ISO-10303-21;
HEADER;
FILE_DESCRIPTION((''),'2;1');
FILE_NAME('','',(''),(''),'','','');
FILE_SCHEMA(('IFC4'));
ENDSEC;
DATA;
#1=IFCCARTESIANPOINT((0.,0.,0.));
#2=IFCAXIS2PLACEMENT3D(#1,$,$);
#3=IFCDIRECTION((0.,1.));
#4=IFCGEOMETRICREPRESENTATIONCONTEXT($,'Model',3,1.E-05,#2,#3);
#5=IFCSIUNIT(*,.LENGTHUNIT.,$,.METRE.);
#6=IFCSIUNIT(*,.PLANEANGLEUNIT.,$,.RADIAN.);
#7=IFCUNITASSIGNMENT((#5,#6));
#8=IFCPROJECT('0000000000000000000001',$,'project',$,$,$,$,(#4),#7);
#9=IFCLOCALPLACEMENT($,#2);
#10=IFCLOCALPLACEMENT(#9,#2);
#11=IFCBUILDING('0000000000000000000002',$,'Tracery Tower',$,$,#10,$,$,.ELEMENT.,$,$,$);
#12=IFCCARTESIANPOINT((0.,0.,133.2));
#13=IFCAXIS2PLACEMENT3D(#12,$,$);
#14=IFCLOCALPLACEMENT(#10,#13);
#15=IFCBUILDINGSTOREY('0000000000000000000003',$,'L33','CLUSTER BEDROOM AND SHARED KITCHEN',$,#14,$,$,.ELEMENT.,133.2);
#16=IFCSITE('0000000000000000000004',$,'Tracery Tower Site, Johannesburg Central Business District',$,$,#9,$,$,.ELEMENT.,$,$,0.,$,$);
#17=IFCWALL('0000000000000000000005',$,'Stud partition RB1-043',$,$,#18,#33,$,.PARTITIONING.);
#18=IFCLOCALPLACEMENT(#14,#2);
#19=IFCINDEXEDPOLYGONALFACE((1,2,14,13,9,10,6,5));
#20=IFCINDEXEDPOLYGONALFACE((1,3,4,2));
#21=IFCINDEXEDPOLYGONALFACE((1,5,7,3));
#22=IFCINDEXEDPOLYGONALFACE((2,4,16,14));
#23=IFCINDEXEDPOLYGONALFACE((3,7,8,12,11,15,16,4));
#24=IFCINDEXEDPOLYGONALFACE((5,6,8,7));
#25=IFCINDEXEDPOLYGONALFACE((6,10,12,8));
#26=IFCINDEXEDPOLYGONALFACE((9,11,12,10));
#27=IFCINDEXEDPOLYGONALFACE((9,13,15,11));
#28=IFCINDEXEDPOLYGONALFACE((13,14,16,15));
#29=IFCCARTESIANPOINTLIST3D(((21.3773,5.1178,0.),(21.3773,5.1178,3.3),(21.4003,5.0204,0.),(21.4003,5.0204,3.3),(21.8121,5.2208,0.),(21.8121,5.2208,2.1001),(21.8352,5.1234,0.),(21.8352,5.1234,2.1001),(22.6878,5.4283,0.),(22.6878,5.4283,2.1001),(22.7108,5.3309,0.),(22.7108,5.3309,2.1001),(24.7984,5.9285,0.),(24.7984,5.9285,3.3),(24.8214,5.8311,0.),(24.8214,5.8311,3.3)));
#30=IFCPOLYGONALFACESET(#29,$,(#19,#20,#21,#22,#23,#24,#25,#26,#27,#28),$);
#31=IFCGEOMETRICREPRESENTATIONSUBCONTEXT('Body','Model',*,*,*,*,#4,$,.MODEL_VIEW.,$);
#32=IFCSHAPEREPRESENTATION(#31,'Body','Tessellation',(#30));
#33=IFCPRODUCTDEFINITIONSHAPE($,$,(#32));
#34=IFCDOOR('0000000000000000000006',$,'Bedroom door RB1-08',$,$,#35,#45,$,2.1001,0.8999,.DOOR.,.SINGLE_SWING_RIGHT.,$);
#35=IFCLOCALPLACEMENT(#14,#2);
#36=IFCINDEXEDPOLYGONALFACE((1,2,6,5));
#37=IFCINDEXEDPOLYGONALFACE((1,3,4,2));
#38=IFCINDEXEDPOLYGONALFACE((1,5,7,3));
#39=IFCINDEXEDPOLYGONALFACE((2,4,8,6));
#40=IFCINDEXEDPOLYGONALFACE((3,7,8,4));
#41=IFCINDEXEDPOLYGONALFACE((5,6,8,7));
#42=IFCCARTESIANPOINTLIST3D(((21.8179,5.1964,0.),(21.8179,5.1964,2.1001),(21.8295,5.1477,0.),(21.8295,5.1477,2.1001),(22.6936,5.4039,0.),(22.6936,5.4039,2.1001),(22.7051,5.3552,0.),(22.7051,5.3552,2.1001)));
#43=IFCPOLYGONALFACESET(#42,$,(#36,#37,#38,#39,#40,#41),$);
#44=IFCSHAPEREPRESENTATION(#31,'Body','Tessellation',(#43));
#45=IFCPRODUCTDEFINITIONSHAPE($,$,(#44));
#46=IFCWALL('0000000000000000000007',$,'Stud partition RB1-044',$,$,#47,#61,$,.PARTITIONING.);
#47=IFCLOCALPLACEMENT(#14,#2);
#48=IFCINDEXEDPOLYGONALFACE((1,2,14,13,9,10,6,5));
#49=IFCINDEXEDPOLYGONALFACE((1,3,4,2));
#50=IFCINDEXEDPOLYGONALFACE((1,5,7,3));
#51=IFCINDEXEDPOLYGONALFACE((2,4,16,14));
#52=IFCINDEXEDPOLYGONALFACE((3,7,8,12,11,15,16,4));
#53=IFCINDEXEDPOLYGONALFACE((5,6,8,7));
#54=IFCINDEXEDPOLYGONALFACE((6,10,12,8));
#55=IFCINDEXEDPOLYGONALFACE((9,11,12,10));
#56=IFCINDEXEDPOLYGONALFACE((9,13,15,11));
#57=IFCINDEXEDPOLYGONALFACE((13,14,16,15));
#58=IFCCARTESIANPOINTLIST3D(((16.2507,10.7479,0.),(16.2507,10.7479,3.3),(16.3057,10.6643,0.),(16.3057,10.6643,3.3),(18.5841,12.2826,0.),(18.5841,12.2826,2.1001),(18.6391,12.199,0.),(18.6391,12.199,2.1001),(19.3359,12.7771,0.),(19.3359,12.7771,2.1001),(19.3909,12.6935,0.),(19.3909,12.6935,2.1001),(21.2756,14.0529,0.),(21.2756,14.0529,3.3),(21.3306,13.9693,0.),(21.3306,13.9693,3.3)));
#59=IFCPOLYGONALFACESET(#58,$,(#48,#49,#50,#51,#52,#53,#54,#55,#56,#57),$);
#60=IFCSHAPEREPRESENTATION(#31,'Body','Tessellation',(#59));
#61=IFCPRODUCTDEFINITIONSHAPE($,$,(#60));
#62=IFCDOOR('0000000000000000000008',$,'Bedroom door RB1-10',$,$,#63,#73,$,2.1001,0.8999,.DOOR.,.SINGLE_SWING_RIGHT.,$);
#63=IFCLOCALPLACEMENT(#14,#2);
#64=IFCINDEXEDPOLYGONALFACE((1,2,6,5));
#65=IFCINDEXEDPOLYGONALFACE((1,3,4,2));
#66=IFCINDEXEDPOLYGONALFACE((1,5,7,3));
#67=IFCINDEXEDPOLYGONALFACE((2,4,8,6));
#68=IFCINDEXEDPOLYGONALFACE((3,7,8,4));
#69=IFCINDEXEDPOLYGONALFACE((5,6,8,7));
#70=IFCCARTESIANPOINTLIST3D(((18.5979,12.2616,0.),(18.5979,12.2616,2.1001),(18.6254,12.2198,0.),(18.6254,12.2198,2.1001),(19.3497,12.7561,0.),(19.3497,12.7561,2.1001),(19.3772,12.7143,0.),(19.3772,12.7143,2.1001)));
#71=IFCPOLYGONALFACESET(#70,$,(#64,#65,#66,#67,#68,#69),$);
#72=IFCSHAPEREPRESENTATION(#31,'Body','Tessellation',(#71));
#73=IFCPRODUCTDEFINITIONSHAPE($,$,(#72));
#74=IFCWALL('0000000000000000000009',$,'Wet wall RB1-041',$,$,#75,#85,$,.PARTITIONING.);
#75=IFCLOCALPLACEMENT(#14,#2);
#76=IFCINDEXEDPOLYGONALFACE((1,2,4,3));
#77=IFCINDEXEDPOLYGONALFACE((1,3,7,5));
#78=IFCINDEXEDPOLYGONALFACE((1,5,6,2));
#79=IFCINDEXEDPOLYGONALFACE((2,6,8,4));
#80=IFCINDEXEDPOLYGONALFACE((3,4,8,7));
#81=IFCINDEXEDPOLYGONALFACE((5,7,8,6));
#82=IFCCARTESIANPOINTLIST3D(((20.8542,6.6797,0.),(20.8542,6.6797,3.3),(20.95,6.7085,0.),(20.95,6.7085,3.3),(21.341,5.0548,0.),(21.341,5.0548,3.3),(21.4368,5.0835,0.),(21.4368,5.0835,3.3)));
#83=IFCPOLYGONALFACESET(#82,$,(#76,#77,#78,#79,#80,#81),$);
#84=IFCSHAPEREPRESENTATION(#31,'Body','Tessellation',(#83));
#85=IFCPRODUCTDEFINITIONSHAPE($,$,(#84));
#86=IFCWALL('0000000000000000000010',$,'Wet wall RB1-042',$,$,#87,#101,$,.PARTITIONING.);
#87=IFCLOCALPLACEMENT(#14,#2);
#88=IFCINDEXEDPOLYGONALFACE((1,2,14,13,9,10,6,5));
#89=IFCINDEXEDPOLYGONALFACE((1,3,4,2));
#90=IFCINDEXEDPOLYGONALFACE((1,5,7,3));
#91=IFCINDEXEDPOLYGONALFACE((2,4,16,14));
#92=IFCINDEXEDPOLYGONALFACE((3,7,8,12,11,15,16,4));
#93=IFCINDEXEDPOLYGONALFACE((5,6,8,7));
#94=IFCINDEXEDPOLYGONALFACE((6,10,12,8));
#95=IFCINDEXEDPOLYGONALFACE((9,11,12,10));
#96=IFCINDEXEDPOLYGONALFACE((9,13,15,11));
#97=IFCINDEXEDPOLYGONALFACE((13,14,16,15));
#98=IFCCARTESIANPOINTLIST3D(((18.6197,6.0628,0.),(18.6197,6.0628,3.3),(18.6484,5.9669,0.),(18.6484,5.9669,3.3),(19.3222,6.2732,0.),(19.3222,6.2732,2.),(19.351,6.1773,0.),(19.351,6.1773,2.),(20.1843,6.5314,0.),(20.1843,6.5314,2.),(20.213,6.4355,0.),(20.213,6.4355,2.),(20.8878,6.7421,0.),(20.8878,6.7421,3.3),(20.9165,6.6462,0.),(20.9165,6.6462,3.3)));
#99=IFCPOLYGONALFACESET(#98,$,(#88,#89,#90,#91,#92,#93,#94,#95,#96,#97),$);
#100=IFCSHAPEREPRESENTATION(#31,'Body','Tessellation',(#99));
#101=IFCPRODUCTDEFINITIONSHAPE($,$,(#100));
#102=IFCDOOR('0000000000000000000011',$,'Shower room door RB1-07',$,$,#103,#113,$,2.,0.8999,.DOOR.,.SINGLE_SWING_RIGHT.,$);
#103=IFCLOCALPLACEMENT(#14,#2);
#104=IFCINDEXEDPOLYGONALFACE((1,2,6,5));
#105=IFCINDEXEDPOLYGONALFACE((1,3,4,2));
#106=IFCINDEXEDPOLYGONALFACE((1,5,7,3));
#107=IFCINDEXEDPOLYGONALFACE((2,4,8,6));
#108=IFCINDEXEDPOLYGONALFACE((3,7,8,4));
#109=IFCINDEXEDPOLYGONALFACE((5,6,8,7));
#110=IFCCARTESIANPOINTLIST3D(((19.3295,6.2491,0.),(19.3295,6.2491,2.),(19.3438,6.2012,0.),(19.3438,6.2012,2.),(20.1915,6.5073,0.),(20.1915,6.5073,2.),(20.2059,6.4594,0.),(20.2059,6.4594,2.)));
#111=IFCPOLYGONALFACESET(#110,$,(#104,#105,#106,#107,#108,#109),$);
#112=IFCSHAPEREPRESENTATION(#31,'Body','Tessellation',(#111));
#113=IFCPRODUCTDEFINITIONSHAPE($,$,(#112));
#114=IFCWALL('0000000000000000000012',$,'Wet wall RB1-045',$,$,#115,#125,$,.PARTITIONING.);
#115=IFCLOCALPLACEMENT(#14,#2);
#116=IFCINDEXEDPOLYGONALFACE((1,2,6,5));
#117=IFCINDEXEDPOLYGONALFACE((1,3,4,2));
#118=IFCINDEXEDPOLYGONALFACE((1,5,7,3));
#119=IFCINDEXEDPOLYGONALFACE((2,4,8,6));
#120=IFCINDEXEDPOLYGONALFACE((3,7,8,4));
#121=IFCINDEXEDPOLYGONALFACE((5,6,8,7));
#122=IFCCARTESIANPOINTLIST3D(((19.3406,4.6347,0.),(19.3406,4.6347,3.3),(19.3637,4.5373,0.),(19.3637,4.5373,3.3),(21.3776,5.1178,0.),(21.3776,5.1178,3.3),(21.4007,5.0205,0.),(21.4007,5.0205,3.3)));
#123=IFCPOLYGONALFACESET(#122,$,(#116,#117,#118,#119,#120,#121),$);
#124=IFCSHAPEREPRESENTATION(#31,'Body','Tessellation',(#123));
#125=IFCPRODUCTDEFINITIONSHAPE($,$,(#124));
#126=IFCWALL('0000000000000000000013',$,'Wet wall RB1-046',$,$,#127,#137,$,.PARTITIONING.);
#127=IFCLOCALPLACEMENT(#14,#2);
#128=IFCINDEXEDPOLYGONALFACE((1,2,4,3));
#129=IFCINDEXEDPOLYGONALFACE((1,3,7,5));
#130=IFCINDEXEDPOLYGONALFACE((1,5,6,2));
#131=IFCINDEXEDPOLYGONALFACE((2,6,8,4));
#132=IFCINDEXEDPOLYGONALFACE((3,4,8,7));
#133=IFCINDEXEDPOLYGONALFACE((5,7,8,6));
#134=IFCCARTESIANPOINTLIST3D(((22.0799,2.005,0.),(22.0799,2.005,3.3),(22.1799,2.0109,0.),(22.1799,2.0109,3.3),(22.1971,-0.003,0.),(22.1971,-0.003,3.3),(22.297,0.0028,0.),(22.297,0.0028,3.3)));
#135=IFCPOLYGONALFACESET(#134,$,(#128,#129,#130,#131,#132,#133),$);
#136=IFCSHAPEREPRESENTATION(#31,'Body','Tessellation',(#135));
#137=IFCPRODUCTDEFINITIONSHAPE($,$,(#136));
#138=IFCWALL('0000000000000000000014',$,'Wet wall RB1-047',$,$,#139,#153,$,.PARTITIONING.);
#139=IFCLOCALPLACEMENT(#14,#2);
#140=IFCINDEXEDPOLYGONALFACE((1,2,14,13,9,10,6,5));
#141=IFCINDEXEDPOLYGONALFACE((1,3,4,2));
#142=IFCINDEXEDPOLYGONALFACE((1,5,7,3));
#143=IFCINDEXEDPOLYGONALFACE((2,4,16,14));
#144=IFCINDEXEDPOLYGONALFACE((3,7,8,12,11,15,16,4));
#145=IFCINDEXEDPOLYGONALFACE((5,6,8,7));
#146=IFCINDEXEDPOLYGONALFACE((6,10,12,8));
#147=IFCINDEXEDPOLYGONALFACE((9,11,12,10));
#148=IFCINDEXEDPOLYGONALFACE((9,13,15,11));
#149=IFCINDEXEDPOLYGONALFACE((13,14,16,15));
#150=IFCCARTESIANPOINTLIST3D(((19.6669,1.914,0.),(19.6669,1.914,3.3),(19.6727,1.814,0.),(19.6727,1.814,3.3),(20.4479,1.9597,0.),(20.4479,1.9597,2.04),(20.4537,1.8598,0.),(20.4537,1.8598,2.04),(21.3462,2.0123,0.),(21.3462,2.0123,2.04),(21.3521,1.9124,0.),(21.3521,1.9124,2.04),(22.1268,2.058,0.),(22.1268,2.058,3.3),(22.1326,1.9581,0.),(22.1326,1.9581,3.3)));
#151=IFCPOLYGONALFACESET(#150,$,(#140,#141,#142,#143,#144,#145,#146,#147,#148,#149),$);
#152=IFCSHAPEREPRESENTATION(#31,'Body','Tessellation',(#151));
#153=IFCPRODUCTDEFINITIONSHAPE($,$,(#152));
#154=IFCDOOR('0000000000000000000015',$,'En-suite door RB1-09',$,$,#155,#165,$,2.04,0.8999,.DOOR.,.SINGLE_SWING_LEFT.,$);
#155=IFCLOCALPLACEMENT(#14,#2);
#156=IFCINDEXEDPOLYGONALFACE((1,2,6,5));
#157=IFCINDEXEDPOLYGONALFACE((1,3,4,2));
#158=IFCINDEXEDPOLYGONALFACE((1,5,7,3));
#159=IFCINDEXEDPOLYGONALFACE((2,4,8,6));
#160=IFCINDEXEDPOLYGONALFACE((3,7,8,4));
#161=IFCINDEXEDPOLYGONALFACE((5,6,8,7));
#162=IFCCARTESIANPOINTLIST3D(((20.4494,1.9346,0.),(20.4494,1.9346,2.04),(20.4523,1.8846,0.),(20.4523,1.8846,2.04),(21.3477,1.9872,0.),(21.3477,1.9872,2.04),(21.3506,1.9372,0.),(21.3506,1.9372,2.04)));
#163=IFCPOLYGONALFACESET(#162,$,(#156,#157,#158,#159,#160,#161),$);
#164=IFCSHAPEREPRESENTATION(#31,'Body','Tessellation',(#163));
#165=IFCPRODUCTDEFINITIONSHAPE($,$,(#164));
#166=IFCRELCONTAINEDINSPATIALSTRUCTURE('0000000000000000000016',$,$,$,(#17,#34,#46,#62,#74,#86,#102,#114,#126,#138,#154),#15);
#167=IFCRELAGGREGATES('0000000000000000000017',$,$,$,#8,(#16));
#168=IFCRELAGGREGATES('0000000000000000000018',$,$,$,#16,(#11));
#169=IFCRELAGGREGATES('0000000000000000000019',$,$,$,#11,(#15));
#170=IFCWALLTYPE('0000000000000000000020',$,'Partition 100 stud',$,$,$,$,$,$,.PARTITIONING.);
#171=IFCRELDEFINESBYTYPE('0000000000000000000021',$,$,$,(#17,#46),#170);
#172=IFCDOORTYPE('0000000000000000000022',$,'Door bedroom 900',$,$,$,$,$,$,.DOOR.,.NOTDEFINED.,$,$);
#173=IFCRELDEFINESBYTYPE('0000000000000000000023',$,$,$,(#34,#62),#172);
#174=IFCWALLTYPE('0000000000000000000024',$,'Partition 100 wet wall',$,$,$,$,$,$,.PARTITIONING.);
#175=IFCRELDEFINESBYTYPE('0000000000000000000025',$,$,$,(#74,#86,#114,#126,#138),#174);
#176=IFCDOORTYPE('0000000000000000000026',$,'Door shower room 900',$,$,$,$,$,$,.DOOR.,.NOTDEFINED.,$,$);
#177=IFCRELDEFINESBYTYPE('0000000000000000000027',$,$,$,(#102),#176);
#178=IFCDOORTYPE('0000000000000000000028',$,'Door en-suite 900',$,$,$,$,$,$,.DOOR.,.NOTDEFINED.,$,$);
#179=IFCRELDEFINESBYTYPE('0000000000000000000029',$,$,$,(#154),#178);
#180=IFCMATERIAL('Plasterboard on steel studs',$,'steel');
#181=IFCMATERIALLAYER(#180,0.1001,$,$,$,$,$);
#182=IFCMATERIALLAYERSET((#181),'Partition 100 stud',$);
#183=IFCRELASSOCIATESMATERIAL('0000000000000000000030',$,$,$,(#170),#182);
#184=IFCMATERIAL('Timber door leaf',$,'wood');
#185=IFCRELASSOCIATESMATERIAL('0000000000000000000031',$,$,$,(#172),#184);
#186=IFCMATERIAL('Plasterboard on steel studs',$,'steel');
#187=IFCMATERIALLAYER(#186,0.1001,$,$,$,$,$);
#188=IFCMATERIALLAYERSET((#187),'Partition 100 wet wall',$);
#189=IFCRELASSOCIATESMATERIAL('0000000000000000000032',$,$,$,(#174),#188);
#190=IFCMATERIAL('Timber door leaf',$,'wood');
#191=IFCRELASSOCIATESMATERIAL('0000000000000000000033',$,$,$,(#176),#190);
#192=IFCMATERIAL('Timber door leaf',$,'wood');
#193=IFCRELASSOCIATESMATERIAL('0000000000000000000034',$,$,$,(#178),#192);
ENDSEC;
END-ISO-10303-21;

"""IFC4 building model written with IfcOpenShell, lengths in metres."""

from ifc_helpers import new_model, si_unit, direction, frame, frame_2d, origin, place, context, subcontext, project, spatial, rectangle, extrude, material, layer, layer_set, type_object, element, fill, save


model = new_model("IFC4")

# Units and contexts
model_context = context("Model", 3, precision=1e-05, world=origin(), true_north=direction((0.0, 1.0)))
body_context = subcontext(model_context, "Body", "Model", "MODEL_VIEW")
ifc_project = project(units=[si_unit("LENGTHUNIT", "METRE"), si_unit("PLANEANGLEUNIT", "RADIAN")], contexts=[model_context])

# Site, building, storey
site_placement = place(None, origin())
site = spatial("IfcSite", under=ifc_project, at=site_placement, Name="Tracery Tower Site, Johannesburg Central Business District", CompositionType="ELEMENT", RefElevation=0.0)
building_placement = place(site_placement, origin())
building = spatial("IfcBuilding", under=site, at=building_placement, Name="Tracery Tower", CompositionType="ELEMENT")
storey_placement = place(building_placement, frame((0.0, 0.0, 133.2)))
storey = spatial("IfcBuildingStorey", under=building, at=storey_placement, Name="L33", Description="CLUSTER BEDROOM AND SHARED KITCHEN", CompositionType="ELEMENT", Elevation=133.2)

# Walls, openings, doors
ifc_material_1 = material(Name="Plasterboard on steel studs", Category="steel")
ifc_layer_1 = layer(ifc_material_1, 0.1001)
ifc_layer_set_1 = layer_set([ifc_layer_1], Name="Partition 100 stud")
wall_type_1 = type_object("IfcWallType", Name="Partition 100 stud", PredefinedType="PARTITIONING", material=ifc_layer_set_1)
wall_1_placement = place(storey_placement, frame((21.3889, 5.0691, 0.0), z_axis=(0.0, 0.0, 1.0), x_axis=(0.973047, 0.230607, 0.0)))
wall_1 = element("IfcWall", 1, at=wall_1_placement, inside=storey, type_object=wall_type_1, Name="Stud partition RB1-043", PredefinedType="PARTITIONING", context=body_context, shape_type="SweptSolid", body=[
    extrude(rectangle(XDim=3.5159, YDim=0.1001, at=frame_2d((1.7578, 0.0))), origin(), (0.0, 0.0, 1.0), 3.3),
])
opening_1_placement = place(wall_1_placement, frame((0.4468, 0.0, 0.0)))
opening_1 = element("IfcOpeningElement", 2, at=opening_1_placement, cuts=wall_1, PredefinedType="OPENING", context=body_context, shape_type="SweptSolid", body=[
    extrude(rectangle(XDim=0.8999, YDim=2.1001, at=frame_2d((0.45, 1.05))), frame((0.0, 0.05, 0.0), z_axis=(0.0, -1.0, 0.0), x_axis=(1.0, 0.0, 0.0)), (0.0, 0.0, 1.0), 0.1001),
])
ifc_material_2 = material(Name="Timber door leaf", Category="wood")
door_type_1 = type_object("IfcDoorType", Name="Door bedroom 900", OperationType="NOTDEFINED", PredefinedType="DOOR", material=ifc_material_2)
door_1_placement = place(opening_1_placement, origin())
door_1 = element("IfcDoor", 3, at=door_1_placement, inside=storey, type_object=door_type_1, Name="Bedroom door RB1-08", OperationType="SINGLE_SWING_RIGHT", OverallHeight=2.1001, OverallWidth=0.8999, PredefinedType="DOOR", context=body_context, shape_type="SweptSolid", body=[
    extrude(rectangle(XDim=0.8999, YDim=2.1001, at=frame_2d((0.45, 1.05))), frame((0.0, 0.0249, 0.0), z_axis=(0.0, -1.0, 0.0), x_axis=(1.0, 0.0, 0.0)), (0.0, 0.0, 1.0), 0.05),
])
fill(opening_1, door_1)
wall_2_placement = place(storey_placement, frame((16.2781, 10.7061, 0.0), z_axis=(0.0, 0.0, 1.0), x_axis=(0.835488, 0.549509, 0.0)))
wall_2 = element("IfcWall", 4, at=wall_2_placement, inside=storey, type_object=wall_type_1, Name="Stud partition RB1-044", PredefinedType="PARTITIONING", context=body_context, shape_type="SweptSolid", body=[
    extrude(rectangle(XDim=6.0144, YDim=0.1001, at=frame_2d((3.0073, 0.0))), origin(), (0.0, 0.0, 1.0), 3.3),
])
opening_2_placement = place(wall_2_placement, frame((2.793, 0.0, 0.0)))
opening_2 = element("IfcOpeningElement", 5, at=opening_2_placement, cuts=wall_2, PredefinedType="OPENING", context=body_context, shape_type="SweptSolid", body=[
    extrude(rectangle(XDim=0.8999, YDim=2.1001, at=frame_2d((0.45, 1.05))), frame((0.0, 0.05, 0.0), z_axis=(0.0, -1.0, 0.0), x_axis=(1.0, 0.0, 0.0)), (0.0, 0.0, 1.0), 0.1001),
])
door_2_placement = place(opening_2_placement, origin())
door_2 = element("IfcDoor", 6, at=door_2_placement, inside=storey, type_object=door_type_1, Name="Bedroom door RB1-10", OperationType="SINGLE_SWING_RIGHT", OverallHeight=2.1001, OverallWidth=0.8999, PredefinedType="DOOR", context=body_context, shape_type="SweptSolid", body=[
    extrude(rectangle(XDim=0.8999, YDim=2.1001, at=frame_2d((0.45, 1.05))), frame((0.0, 0.0249, 0.0), z_axis=(0.0, -1.0, 0.0), x_axis=(1.0, 0.0, 0.0)), (0.0, 0.0, 1.0), 0.05),
])
fill(opening_2, door_2)

# Wall
ifc_material_3 = material(Name="Plasterboard on steel studs", Category="steel")
ifc_layer_2 = layer(ifc_material_3, 0.1001)
ifc_layer_set_2 = layer_set([ifc_layer_2], Name="Partition 100 wet wall")
wall_type_2 = type_object("IfcWallType", Name="Partition 100 wet wall", PredefinedType="PARTITIONING", material=ifc_layer_set_2)
wall_3_placement = place(storey_placement, frame((20.9021, 6.6941, 0.0), z_axis=(0.0, 0.0, 1.0), x_axis=(0.286978, -0.957937, 0.0)))
element("IfcWall", 7, at=wall_3_placement, inside=storey, type_object=wall_type_2, Name="Wet wall RB1-041", PredefinedType="PARTITIONING", context=body_context, shape_type="SweptSolid", body=[
    extrude(rectangle(XDim=1.6963, YDim=0.1001, at=frame_2d((0.8481, 0.0))), origin(), (0.0, 0.0, 1.0), 3.3),
])

# Wall, opening, door
wall_4_placement = place(storey_placement, frame((18.634, 6.0149, 0.0), z_axis=(0.0, 0.0, 1.0), x_axis=(0.957968, 0.286875, 0.0)))
wall_4 = element("IfcWall", 8, at=wall_4_placement, inside=storey, type_object=wall_type_2, Name="Wet wall RB1-042", PredefinedType="PARTITIONING", context=body_context, shape_type="SweptSolid", body=[
    extrude(rectangle(XDim=2.3677, YDim=0.1001, at=frame_2d((1.1838, 0.0))), origin(), (0.0, 0.0, 1.0), 3.3),
])
opening_3_placement = place(wall_4_placement, frame((0.7334, 0.0, 0.0)))
opening_3 = element("IfcOpeningElement", 9, at=opening_3_placement, cuts=wall_4, PredefinedType="OPENING", context=body_context, shape_type="SweptSolid", body=[
    extrude(rectangle(XDim=0.8999, YDim=2.0, at=frame_2d((0.45, 1.0))), frame((0.0, 0.05, 0.0), z_axis=(0.0, -1.0, 0.0), x_axis=(1.0, 0.0, 0.0)), (0.0, 0.0, 1.0), 0.1001),
])
ifc_material_4 = material(Name="Timber door leaf", Category="wood")
door_type_2 = type_object("IfcDoorType", Name="Door shower room 900", OperationType="NOTDEFINED", PredefinedType="DOOR", material=ifc_material_4)
door_3_placement = place(opening_3_placement, origin())
door_3 = element("IfcDoor", 10, at=door_3_placement, inside=storey, type_object=door_type_2, Name="Shower room door RB1-07", OperationType="SINGLE_SWING_RIGHT", OverallHeight=2.0, OverallWidth=0.8999, PredefinedType="DOOR", context=body_context, shape_type="SweptSolid", body=[
    extrude(rectangle(XDim=0.8999, YDim=2.0, at=frame_2d((0.45, 1.0))), frame((0.0, 0.0249, 0.0), z_axis=(0.0, -1.0, 0.0), x_axis=(1.0, 0.0, 0.0)), (0.0, 0.0, 1.0), 0.05),
])
fill(opening_3, door_3)

# Walls
wall_5_placement = place(storey_placement, frame((19.3521, 4.5859, 0.0), z_axis=(0.0, 0.0, 1.0), x_axis=(0.973001, 0.230801, 0.0)))
element("IfcWall", 11, at=wall_5_placement, inside=storey, type_object=wall_type_2, Name="Wet wall RB1-045", PredefinedType="PARTITIONING", context=body_context, shape_type="SweptSolid", body=[
    extrude(rectangle(XDim=2.0935, YDim=0.1001, at=frame_2d((1.0469, 0.0))), origin(), (0.0, 0.0, 1.0), 3.3),
])
wall_6_placement = place(storey_placement, frame((22.1299, 2.0081, 0.0), z_axis=(0.0, 0.0, 1.0), x_axis=(0.05826, -0.998301, 0.0)))
element("IfcWall", 12, at=wall_6_placement, inside=storey, type_object=wall_type_2, Name="Wet wall RB1-046", PredefinedType="PARTITIONING", context=body_context, shape_type="SweptSolid", body=[
    extrude(rectangle(XDim=2.0115, YDim=0.1001, at=frame_2d((1.0059, 0.0))), origin(), (0.0, 0.0, 1.0), 3.3),
])

# Wall, opening, door
wall_7_placement = place(storey_placement, frame((19.6699, 1.864, 0.0), z_axis=(0.0, 0.0, 1.0), x_axis=(0.99829, 0.058455, 0.0)))
wall_7 = element("IfcWall", 13, at=wall_7_placement, inside=storey, type_object=wall_type_2, Name="Wet wall RB1-047", PredefinedType="PARTITIONING", context=body_context, shape_type="SweptSolid", body=[
    extrude(rectangle(XDim=2.4641, YDim=0.1001, at=frame_2d((1.2319, 0.0))), origin(), (0.0, 0.0, 1.0), 3.3),
])
opening_4_placement = place(wall_7_placement, frame((0.7822, 0.0, 0.0)))
opening_4 = element("IfcOpeningElement", 14, at=opening_4_placement, cuts=wall_7, PredefinedType="OPENING", context=body_context, shape_type="SweptSolid", body=[
    extrude(rectangle(XDim=0.8999, YDim=2.04, at=frame_2d((0.45, 1.02))), frame((0.0, 0.05, 0.0), z_axis=(0.0, -1.0, 0.0), x_axis=(1.0, 0.0, 0.0)), (0.0, 0.0, 1.0), 0.1001),
])
ifc_material_5 = material(Name="Timber door leaf", Category="wood")
door_type_3 = type_object("IfcDoorType", Name="Door en-suite 900", OperationType="NOTDEFINED", PredefinedType="DOOR", material=ifc_material_5)
door_4_placement = place(opening_4_placement, origin())
door_4 = element("IfcDoor", 15, at=door_4_placement, inside=storey, type_object=door_type_3, Name="En-suite door RB1-09", OperationType="SINGLE_SWING_LEFT", OverallHeight=2.04, OverallWidth=0.8999, PredefinedType="DOOR", context=body_context, shape_type="SweptSolid", body=[
    extrude(rectangle(XDim=0.8999, YDim=2.04, at=frame_2d((0.45, 1.02))), frame((0.0, 0.0249, 0.0), z_axis=(0.0, -1.0, 0.0), x_axis=(1.0, 0.0, 0.0)), (0.0, 0.0, 1.0), 0.05),
])
fill(opening_4, door_4)

save(model, "model.ifc")
